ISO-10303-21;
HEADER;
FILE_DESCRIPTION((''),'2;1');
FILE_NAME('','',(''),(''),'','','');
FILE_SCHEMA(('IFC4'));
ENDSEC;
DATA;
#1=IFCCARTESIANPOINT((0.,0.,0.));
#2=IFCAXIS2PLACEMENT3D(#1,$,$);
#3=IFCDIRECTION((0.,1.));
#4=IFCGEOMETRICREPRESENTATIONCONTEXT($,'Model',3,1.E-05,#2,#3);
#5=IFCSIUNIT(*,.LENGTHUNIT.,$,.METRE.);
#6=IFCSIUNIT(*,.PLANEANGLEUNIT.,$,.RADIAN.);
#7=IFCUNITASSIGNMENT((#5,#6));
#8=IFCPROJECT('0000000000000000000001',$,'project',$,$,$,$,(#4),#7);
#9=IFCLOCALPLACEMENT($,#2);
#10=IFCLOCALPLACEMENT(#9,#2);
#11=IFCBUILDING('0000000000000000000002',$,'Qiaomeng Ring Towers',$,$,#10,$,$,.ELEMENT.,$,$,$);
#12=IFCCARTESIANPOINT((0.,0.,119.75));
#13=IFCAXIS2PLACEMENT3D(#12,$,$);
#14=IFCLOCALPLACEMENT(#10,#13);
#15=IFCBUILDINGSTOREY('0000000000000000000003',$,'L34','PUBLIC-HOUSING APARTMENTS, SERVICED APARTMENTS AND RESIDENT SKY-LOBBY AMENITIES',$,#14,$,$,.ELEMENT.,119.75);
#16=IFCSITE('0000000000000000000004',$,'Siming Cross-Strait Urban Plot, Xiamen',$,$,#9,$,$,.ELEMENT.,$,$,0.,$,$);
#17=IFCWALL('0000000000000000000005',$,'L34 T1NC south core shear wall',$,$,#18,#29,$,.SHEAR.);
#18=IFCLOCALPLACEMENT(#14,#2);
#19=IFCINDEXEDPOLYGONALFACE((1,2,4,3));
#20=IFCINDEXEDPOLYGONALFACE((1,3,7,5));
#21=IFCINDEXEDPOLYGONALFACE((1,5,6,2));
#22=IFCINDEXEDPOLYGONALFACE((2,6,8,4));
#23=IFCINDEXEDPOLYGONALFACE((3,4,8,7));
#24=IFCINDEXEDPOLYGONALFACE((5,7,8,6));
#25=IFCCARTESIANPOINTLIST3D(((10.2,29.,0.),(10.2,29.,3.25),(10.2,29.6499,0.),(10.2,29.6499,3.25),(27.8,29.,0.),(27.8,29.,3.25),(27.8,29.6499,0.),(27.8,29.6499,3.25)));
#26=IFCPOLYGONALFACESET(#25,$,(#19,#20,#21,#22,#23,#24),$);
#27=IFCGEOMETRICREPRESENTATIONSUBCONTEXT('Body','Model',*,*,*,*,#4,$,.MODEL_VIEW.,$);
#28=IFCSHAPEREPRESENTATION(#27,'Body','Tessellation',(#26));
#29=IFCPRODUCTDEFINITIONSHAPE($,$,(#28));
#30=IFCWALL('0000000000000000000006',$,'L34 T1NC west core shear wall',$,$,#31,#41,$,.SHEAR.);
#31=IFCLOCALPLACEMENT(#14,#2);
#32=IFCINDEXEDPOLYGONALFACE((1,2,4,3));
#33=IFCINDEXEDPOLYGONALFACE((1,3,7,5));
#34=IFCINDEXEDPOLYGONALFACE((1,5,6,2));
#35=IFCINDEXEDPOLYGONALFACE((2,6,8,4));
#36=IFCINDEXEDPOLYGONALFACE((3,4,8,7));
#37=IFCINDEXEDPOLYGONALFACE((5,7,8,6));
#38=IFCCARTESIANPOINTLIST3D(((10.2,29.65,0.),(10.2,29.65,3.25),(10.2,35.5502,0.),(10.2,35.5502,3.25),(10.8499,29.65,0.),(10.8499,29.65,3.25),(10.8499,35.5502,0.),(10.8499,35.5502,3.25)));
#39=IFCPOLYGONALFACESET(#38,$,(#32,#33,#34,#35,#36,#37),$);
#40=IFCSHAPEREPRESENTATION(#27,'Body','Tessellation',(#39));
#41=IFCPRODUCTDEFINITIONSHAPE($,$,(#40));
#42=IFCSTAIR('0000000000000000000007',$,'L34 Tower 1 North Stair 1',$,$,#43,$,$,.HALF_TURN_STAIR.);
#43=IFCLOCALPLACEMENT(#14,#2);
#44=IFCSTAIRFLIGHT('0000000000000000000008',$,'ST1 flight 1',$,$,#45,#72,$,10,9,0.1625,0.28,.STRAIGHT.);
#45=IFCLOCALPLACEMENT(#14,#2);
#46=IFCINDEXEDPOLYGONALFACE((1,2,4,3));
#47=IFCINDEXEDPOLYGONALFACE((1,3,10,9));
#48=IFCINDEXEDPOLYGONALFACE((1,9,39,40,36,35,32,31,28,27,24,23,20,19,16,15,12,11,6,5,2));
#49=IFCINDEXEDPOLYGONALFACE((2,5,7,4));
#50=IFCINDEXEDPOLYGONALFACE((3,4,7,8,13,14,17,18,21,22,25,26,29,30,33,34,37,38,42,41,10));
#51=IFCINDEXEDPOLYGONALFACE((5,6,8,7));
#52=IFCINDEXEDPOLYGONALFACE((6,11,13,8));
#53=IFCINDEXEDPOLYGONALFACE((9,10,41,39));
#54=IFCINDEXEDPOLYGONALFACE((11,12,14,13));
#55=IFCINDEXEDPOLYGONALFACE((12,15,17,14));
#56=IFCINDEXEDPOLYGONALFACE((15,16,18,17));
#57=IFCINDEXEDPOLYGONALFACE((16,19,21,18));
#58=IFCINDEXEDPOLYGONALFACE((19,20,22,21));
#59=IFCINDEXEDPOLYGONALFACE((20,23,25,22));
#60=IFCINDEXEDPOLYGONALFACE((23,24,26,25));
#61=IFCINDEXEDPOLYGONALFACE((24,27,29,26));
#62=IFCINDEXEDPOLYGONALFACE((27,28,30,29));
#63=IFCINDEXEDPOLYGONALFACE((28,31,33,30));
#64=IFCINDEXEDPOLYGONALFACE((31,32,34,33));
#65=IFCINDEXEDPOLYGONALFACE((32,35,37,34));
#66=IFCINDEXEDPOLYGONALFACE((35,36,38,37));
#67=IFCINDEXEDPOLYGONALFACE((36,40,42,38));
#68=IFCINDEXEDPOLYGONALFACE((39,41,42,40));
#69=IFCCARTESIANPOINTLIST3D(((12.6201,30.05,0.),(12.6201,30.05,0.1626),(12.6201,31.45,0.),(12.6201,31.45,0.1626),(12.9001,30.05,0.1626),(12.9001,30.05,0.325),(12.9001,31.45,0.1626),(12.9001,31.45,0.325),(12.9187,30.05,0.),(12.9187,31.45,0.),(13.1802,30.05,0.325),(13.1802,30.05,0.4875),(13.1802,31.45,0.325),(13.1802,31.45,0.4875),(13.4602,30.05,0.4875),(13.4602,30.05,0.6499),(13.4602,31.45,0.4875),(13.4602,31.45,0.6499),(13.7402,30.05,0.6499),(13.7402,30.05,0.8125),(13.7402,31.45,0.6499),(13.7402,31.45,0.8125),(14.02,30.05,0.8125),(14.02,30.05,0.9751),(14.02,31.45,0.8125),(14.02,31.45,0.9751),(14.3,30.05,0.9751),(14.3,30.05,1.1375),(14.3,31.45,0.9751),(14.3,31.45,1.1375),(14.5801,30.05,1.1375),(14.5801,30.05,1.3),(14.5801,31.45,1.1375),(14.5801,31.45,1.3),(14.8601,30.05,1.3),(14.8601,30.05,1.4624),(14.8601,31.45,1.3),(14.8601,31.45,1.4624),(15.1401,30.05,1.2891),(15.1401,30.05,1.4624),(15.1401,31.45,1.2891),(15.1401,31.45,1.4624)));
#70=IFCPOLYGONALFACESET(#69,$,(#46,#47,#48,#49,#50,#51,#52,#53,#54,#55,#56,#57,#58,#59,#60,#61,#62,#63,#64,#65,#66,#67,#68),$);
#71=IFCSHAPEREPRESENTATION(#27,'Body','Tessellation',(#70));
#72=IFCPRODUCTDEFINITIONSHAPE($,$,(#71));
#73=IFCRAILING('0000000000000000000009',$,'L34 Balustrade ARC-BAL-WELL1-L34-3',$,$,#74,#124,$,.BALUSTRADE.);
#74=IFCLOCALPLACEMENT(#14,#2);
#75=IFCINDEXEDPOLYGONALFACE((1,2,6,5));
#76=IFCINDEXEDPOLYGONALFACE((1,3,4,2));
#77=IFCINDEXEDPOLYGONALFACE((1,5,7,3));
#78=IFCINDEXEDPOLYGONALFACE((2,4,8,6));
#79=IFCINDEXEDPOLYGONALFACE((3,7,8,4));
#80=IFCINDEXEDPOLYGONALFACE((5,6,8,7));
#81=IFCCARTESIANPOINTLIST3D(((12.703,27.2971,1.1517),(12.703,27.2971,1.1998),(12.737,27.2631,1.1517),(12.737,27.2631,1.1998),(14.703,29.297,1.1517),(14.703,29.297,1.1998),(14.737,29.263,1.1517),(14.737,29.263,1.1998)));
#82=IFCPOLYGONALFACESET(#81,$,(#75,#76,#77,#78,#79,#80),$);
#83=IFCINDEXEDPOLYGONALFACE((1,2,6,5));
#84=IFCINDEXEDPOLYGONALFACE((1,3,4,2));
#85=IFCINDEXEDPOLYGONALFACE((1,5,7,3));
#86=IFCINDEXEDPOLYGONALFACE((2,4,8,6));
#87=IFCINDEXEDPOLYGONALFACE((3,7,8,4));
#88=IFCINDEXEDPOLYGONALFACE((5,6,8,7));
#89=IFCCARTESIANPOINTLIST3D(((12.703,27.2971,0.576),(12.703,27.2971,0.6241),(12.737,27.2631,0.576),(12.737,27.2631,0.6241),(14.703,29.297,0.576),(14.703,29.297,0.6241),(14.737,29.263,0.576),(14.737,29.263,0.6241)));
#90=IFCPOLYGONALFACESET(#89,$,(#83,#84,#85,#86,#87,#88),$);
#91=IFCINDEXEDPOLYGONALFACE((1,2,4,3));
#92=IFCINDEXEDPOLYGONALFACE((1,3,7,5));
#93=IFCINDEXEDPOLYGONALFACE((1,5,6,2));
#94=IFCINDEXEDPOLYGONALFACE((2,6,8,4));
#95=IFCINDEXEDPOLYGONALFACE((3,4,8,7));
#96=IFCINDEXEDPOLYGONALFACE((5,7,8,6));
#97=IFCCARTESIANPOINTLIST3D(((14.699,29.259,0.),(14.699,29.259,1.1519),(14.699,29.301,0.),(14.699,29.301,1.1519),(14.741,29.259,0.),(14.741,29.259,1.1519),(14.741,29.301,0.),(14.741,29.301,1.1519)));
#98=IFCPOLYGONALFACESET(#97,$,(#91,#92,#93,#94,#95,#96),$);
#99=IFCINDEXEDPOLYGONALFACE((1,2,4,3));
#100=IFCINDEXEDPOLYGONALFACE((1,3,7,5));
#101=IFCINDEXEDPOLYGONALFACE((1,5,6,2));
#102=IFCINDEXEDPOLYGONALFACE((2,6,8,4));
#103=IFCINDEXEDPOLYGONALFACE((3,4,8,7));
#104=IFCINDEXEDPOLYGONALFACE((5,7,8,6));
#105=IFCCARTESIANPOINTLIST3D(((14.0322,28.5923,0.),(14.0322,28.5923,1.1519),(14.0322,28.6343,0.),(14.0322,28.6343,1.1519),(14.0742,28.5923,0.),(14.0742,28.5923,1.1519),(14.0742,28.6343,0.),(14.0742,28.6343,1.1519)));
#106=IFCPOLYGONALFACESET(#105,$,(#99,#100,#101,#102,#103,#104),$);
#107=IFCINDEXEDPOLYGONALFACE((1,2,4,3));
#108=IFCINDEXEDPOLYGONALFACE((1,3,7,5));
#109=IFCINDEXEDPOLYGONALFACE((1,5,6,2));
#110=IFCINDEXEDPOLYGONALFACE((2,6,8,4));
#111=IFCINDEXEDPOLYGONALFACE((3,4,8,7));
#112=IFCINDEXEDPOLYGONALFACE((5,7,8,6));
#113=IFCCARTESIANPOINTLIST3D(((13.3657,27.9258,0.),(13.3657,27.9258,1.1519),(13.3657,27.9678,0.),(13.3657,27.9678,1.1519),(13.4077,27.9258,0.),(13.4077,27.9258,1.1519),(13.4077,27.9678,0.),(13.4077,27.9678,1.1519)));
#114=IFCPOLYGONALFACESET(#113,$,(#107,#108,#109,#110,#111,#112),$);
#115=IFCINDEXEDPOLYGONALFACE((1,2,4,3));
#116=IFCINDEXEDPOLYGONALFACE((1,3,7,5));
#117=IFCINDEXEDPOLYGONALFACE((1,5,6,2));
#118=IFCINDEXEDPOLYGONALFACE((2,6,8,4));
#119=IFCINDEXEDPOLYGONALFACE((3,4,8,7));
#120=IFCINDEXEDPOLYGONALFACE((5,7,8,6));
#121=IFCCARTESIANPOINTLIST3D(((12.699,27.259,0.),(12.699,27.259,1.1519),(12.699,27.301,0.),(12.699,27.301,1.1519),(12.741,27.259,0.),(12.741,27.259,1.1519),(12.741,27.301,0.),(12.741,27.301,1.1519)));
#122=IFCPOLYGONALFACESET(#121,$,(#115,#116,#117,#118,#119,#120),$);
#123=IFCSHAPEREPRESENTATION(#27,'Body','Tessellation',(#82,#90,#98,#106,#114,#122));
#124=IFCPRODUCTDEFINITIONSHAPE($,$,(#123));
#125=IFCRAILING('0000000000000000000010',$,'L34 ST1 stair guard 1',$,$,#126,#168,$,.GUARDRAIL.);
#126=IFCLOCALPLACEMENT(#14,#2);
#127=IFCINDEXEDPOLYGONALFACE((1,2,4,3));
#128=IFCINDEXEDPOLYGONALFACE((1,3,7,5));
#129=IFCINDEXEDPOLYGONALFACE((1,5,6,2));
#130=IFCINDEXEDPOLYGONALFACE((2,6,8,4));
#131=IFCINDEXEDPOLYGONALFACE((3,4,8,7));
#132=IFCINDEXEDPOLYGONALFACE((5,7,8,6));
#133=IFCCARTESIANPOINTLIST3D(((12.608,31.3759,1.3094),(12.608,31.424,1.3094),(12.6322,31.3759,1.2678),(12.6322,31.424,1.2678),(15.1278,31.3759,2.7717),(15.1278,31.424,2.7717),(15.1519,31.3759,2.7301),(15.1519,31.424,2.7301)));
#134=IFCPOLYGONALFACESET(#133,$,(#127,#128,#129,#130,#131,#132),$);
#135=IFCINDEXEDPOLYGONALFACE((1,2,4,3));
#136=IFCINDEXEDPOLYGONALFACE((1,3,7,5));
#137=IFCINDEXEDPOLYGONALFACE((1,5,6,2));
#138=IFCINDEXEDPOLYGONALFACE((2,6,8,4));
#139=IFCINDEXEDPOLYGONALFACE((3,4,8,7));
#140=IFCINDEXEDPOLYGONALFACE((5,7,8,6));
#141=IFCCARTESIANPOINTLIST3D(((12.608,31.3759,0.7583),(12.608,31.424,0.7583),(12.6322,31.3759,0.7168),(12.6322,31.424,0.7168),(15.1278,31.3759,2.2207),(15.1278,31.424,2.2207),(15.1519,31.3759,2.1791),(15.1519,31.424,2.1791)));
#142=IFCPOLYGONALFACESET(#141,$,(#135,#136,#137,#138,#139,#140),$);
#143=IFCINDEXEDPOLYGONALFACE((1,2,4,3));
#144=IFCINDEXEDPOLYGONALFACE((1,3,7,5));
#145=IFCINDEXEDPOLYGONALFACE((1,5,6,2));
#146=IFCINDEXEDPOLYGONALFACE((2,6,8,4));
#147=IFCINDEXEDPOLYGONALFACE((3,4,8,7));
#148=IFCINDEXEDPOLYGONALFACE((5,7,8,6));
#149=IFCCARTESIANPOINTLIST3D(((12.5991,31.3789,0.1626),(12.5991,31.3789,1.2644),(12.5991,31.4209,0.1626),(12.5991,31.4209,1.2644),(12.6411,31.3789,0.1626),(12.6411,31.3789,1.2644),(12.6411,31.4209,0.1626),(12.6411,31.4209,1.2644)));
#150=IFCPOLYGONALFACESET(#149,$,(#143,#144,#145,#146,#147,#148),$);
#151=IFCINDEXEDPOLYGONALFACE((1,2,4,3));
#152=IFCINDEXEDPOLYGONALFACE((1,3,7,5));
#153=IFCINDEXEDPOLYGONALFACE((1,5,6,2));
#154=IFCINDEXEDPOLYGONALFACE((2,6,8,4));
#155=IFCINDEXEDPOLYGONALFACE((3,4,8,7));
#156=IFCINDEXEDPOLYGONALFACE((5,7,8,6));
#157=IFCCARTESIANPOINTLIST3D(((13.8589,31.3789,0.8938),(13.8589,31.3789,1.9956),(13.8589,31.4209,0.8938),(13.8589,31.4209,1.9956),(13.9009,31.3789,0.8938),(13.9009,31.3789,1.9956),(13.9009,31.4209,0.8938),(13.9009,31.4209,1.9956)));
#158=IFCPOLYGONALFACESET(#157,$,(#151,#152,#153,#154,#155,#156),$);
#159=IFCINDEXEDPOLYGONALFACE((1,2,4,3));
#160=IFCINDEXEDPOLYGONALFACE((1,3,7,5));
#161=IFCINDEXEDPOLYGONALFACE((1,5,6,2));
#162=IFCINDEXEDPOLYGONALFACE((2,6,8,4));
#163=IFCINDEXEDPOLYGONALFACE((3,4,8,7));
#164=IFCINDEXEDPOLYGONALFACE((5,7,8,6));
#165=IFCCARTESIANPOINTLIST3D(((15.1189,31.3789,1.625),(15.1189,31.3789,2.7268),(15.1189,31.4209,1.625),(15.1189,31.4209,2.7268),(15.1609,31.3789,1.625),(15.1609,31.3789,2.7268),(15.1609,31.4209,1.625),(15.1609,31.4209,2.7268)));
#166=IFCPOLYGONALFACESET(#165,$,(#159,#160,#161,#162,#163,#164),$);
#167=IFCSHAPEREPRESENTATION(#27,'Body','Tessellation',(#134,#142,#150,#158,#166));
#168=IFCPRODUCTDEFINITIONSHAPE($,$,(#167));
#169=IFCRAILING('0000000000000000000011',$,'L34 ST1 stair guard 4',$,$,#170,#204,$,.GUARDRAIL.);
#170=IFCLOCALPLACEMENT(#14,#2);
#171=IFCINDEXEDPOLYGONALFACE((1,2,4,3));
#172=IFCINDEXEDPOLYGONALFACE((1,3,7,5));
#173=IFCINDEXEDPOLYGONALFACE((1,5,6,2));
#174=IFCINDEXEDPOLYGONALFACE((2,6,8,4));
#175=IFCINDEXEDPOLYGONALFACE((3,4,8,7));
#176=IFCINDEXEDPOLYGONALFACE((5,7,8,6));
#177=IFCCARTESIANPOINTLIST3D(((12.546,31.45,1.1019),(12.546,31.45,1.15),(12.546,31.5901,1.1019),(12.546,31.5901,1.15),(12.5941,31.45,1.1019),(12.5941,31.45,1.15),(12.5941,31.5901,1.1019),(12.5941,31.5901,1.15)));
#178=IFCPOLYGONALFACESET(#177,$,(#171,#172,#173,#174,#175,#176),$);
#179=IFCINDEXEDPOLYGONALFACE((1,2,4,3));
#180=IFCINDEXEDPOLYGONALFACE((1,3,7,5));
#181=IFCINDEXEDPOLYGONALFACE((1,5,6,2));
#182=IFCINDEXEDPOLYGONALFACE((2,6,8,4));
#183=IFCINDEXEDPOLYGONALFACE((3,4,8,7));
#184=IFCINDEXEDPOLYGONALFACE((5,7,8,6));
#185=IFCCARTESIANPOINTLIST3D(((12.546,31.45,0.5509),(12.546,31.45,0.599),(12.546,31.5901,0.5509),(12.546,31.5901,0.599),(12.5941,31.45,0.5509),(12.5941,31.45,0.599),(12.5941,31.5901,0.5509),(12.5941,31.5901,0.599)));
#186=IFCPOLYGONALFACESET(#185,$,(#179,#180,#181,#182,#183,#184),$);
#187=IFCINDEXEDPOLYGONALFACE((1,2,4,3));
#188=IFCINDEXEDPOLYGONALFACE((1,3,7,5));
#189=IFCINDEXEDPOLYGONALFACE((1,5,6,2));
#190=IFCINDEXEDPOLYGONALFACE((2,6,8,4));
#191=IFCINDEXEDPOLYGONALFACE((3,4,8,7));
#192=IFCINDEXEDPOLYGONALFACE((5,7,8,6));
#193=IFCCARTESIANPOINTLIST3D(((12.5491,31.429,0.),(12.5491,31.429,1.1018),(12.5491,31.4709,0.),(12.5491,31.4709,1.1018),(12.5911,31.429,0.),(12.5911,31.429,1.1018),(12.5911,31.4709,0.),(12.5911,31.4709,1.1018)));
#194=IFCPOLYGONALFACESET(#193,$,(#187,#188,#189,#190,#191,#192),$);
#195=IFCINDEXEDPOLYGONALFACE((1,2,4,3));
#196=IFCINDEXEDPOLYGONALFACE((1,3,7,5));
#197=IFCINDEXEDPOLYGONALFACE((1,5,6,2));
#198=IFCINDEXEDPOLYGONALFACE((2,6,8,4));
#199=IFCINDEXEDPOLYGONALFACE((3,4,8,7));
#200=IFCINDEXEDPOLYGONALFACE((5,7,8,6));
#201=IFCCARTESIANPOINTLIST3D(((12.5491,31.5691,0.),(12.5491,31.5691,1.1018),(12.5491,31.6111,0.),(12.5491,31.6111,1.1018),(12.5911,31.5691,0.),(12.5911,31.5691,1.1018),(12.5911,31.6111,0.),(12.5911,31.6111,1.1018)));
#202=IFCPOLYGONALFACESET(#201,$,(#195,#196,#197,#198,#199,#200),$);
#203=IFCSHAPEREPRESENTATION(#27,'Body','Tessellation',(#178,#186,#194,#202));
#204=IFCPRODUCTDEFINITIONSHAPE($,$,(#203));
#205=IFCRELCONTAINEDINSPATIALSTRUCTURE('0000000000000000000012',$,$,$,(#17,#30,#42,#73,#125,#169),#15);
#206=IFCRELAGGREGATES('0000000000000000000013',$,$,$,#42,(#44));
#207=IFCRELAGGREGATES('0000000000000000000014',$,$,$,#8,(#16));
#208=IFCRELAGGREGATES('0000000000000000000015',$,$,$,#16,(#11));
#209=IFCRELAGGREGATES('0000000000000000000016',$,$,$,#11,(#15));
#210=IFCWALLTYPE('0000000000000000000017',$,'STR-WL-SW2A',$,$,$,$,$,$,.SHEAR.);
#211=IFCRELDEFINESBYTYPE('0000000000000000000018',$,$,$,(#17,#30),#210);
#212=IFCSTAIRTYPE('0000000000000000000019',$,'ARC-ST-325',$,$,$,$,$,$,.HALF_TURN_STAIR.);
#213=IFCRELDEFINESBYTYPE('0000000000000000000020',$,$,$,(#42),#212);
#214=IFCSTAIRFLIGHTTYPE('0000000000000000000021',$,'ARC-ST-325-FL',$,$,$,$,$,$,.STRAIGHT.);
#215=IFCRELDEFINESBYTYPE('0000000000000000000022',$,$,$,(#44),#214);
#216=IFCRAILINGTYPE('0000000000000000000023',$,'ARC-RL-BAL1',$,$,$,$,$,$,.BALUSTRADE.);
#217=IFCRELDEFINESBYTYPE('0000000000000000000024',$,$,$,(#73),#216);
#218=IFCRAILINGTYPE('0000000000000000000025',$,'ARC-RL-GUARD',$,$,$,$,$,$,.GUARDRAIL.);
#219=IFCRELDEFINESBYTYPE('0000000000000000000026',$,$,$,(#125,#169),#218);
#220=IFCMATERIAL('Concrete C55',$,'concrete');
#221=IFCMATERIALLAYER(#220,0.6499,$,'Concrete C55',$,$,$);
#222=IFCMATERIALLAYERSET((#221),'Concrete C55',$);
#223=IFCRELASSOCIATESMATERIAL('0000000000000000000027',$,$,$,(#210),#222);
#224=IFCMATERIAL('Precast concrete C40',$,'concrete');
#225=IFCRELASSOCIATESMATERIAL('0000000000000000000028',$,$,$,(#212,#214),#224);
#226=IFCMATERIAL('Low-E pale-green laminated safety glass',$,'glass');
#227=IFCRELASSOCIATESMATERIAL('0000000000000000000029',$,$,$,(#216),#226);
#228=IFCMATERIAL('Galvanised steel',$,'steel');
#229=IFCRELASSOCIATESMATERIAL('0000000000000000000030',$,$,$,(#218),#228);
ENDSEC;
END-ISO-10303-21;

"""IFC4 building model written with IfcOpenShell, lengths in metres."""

from ifc_helpers import new_model, si_unit, direction, frame, frame_2d, origin, origin_2d, place, context, subcontext, project, spatial, polyline, rectangle, outline, extrude, source, transform, mapped, material, layer, layer_set, type_object, element, aggregate, save


model = new_model("IFC4")

# Units and contexts
model_context = context("Model", 3, precision=1e-05, world=origin(), true_north=direction((0.0, 1.0)))
body_context = subcontext(model_context, "Body", "Model", "MODEL_VIEW")
ifc_project = project(units=[si_unit("LENGTHUNIT", "METRE"), si_unit("PLANEANGLEUNIT", "RADIAN")], contexts=[model_context])

# Site, building, storey
site_placement = place(None, origin())
site = spatial("IfcSite", under=ifc_project, at=site_placement, Name="Siming Cross-Strait Urban Plot, Xiamen", CompositionType="ELEMENT", RefElevation=0.0)
building_placement = place(site_placement, origin())
building = spatial("IfcBuilding", under=site, at=building_placement, Name="Qiaomeng Ring Towers", CompositionType="ELEMENT")
storey_placement = place(building_placement, frame((0.0, 0.0, 119.75)))
storey = spatial("IfcBuildingStorey", under=building, at=storey_placement, Name="L34", Description="PUBLIC-HOUSING APARTMENTS, SERVICED APARTMENTS AND RESIDENT SKY-LOBBY AMENITIES", CompositionType="ELEMENT", Elevation=119.75)

# Shared definitions
ifc_material_1 = material(Name="Concrete C55", Category="concrete")

# Walls
ifc_layer_1 = layer(ifc_material_1, 0.6499, Name="Concrete C55")
ifc_layer_set_1 = layer_set([ifc_layer_1], Name="Concrete C55")
wall_type_1 = type_object("IfcWallType", Name="STR-WL-SW2A", PredefinedType="SHEAR", material=ifc_layer_set_1)
wall_1_placement = place(storey_placement, frame((10.2, 29.325, 0.0), z_axis=(0.0, 0.0, 1.0), x_axis=(1.0, 0.0, 0.0)))
element("IfcWall", 1, at=wall_1_placement, inside=storey, type_object=wall_type_1, Name="L34 T1NC south core shear wall", PredefinedType="SHEAR", context=body_context, shape_type="SweptSolid", body=[
    extrude(rectangle(XDim=17.6001, YDim=0.6499, at=frame_2d((8.8, 0.0))), origin(), (0.0, 0.0, 1.0), 3.25),
])
wall_2_placement = place(storey_placement, frame((10.5249, 29.6499, 0.0), z_axis=(0.0, 0.0, 1.0), x_axis=(0.0, 1.0, 0.0)))
element("IfcWall", 2, at=wall_2_placement, inside=storey, type_object=wall_type_1, Name="L34 T1NC west core shear wall", PredefinedType="SHEAR", context=body_context, shape_type="SweptSolid", body=[
    extrude(rectangle(XDim=5.9001, YDim=0.6499, at=frame_2d((2.9502, 0.0))), origin(), (0.0, 0.0, 1.0), 3.25),
])

# Stair, stair flight
ifc_material_2 = material(Name="Precast concrete C40", Category="concrete")
stair_type = type_object("IfcStairType", Name="ARC-ST-325", PredefinedType="HALF_TURN_STAIR", material=ifc_material_2)
stair_placement = place(storey_placement, origin())
stair = element("IfcStair", 3, at=stair_placement, inside=storey, type_object=stair_type, Name="L34 Tower 1 North Stair 1", PredefinedType="HALF_TURN_STAIR")
stair_flight_type = type_object("IfcStairFlightType", Name="ARC-ST-325-FL", PredefinedType="STRAIGHT", material=ifc_material_2)
shared_shape_1 = source(origin(), body_context, "Body", "SweptSolid", [
    extrude(outline(polyline([(0.0, 0.0), (0.0, 0.1626), (0.28, 0.1626), (0.28, 0.325), (0.5601, 0.325), (0.5601, 0.4875), (0.8401, 0.4875), (0.8401, 0.6499), (1.1201, 0.6499), (1.1201, 0.8125), (1.3999, 0.8125), (1.3999, 0.9751), (1.6799, 0.9751), (1.6799, 1.1375), (1.96, 1.1375), (1.96, 1.3), (2.24, 1.3), (2.24, 1.4624), (2.52, 1.4624), (2.52, 1.625), (2.52, 1.2891), (0.2986, 0.0), (0.0, 0.0)])), frame((0.0, 0.7, 0.0), z_axis=(0.0, -1.0, 0.0), x_axis=(1.0, 0.0, 0.0)), (0.0, 0.0, 1.0), 1.3999),
])
stair_flight_placement = place(storey_placement, frame((12.6201, 30.75, 0.0), z_axis=(0.0, 0.0, 1.0), x_axis=(1.0, 0.0, 0.0)))
stair_flight = element("IfcStairFlight", 4, at=stair_flight_placement, type_object=stair_flight_type, Name="ST1 flight 1", NumberOfRisers=10, NumberOfTreads=9, PredefinedType="STRAIGHT", RiserHeight=0.1625, TreadLength=0.28, context=body_context, shape_type="MappedRepresentation", body=[
    mapped(shared_shape_1, transform((0.0, 0.0, 0.0), x_axis=(1.0, 0.0, 0.0), y_axis=(0.0, 1.0, 0.0), z_axis=(0.0, 0.0, 1.0), scale=1.0)),
])
aggregate(stair, [stair_flight])

# Railings
ifc_material_3 = material(Name="Low-E pale-green laminated safety glass", Category="glass")
railing_type_1 = type_object("IfcRailingType", Name="ARC-RL-BAL1", PredefinedType="BALUSTRADE", material=ifc_material_3)
railing_1_placement = place(storey_placement, frame((14.72, 29.28, 0.0)))
element("IfcRailing", 5, at=railing_1_placement, inside=storey, type_object=railing_type_1, Name="L34 Balustrade ARC-BAL-WELL1-L34-3", PredefinedType="BALUSTRADE", context=body_context, shape_type="SweptSolid", body=[
    extrude(rectangle(XDim=0.0481, YDim=0.0481, at=origin_2d()), frame((0.0, 0.0, 1.1758), z_axis=(-0.707107, -0.707107, 0.0), x_axis=(0.707107, -0.707107, 0.0)), (0.0, 0.0, 1.0), 2.8284),
    extrude(rectangle(XDim=0.0481, YDim=0.0481, at=origin_2d()), frame((0.0, 0.0, 0.6001), z_axis=(-0.707107, -0.707107, 0.0), x_axis=(0.707107, -0.707107, 0.0)), (0.0, 0.0, 1.0), 2.8284),
    extrude(rectangle(XDim=0.042, YDim=0.042, at=origin_2d()), origin(), (0.0, 0.0, 1.0), 1.1519),
    extrude(rectangle(XDim=0.042, YDim=0.042, at=origin_2d()), frame((-0.6667, -0.6667, 0.0)), (0.0, 0.0, 1.0), 1.1519),
    extrude(rectangle(XDim=0.042, YDim=0.042, at=origin_2d()), frame((-1.3333, -1.3333, 0.0)), (0.0, 0.0, 1.0), 1.1519),
    extrude(rectangle(XDim=0.042, YDim=0.042, at=origin_2d()), frame((-2.0, -2.0, 0.0)), (0.0, 0.0, 1.0), 1.1519),
])
ifc_material_4 = material(Name="Galvanised steel", Category="steel")
railing_type_2 = type_object("IfcRailingType", Name="ARC-RL-GUARD", PredefinedType="GUARDRAIL", material=ifc_material_4)
railing_2_placement = place(storey_placement, frame((12.6201, 31.3999, 0.1626)))
element("IfcRailing", 6, at=railing_2_placement, inside=storey, type_object=railing_type_2, Name="L34 ST1 stair guard 1", PredefinedType="GUARDRAIL", context=body_context, shape_type="SweptSolid", body=[
    extrude(rectangle(XDim=0.0481, YDim=0.0481, at=origin_2d()), frame((0.0, 0.0, 1.126), z_axis=(0.864892, 0.0, 0.501958), x_axis=(0.0, 1.0, 0.0)), (0.0, 0.0, 1.0), 2.9133),
    extrude(rectangle(XDim=0.0481, YDim=0.0481, at=origin_2d()), frame((0.0, 0.0, 0.575), z_axis=(0.864892, 0.0, 0.501958), x_axis=(0.0, 1.0, 0.0)), (0.0, 0.0, 1.0), 2.9133),
    extrude(rectangle(XDim=0.042, YDim=0.042, at=origin_2d()), origin(), (0.0, 0.0, 1.0), 1.1018),
    extrude(rectangle(XDim=0.042, YDim=0.042, at=origin_2d()), frame((1.2598, 0.0, 0.7312)), (0.0, 0.0, 1.0), 1.1018),
    extrude(rectangle(XDim=0.042, YDim=0.042, at=origin_2d()), frame((2.5198, 0.0, 1.4624)), (0.0, 0.0, 1.0), 1.1018),
])
railing_3_placement = place(storey_placement, frame((12.5701, 31.45, 0.0)))
element("IfcRailing", 7, at=railing_3_placement, inside=storey, type_object=railing_type_2, Name="L34 ST1 stair guard 4", PredefinedType="GUARDRAIL", context=body_context, shape_type="SweptSolid", body=[
    extrude(rectangle(XDim=0.0481, YDim=0.0481, at=origin_2d()), frame((0.0, 0.0, 1.126), z_axis=(0.0, 1.0, 0.0), x_axis=(-1.0, 0.0, 0.0)), (0.0, 0.0, 1.0), 0.1401),
    extrude(rectangle(XDim=0.0481, YDim=0.0481, at=origin_2d()), frame((0.0, 0.0, 0.575), z_axis=(0.0, 1.0, 0.0), x_axis=(-1.0, 0.0, 0.0)), (0.0, 0.0, 1.0), 0.1401),
    extrude(rectangle(XDim=0.042, YDim=0.042, at=origin_2d()), origin(), (0.0, 0.0, 1.0), 1.1018),
    extrude(rectangle(XDim=0.042, YDim=0.042, at=origin_2d()), frame((0.0, 0.1401, 0.0)), (0.0, 0.0, 1.0), 1.1018),
])

save(model, "model.ifc")
